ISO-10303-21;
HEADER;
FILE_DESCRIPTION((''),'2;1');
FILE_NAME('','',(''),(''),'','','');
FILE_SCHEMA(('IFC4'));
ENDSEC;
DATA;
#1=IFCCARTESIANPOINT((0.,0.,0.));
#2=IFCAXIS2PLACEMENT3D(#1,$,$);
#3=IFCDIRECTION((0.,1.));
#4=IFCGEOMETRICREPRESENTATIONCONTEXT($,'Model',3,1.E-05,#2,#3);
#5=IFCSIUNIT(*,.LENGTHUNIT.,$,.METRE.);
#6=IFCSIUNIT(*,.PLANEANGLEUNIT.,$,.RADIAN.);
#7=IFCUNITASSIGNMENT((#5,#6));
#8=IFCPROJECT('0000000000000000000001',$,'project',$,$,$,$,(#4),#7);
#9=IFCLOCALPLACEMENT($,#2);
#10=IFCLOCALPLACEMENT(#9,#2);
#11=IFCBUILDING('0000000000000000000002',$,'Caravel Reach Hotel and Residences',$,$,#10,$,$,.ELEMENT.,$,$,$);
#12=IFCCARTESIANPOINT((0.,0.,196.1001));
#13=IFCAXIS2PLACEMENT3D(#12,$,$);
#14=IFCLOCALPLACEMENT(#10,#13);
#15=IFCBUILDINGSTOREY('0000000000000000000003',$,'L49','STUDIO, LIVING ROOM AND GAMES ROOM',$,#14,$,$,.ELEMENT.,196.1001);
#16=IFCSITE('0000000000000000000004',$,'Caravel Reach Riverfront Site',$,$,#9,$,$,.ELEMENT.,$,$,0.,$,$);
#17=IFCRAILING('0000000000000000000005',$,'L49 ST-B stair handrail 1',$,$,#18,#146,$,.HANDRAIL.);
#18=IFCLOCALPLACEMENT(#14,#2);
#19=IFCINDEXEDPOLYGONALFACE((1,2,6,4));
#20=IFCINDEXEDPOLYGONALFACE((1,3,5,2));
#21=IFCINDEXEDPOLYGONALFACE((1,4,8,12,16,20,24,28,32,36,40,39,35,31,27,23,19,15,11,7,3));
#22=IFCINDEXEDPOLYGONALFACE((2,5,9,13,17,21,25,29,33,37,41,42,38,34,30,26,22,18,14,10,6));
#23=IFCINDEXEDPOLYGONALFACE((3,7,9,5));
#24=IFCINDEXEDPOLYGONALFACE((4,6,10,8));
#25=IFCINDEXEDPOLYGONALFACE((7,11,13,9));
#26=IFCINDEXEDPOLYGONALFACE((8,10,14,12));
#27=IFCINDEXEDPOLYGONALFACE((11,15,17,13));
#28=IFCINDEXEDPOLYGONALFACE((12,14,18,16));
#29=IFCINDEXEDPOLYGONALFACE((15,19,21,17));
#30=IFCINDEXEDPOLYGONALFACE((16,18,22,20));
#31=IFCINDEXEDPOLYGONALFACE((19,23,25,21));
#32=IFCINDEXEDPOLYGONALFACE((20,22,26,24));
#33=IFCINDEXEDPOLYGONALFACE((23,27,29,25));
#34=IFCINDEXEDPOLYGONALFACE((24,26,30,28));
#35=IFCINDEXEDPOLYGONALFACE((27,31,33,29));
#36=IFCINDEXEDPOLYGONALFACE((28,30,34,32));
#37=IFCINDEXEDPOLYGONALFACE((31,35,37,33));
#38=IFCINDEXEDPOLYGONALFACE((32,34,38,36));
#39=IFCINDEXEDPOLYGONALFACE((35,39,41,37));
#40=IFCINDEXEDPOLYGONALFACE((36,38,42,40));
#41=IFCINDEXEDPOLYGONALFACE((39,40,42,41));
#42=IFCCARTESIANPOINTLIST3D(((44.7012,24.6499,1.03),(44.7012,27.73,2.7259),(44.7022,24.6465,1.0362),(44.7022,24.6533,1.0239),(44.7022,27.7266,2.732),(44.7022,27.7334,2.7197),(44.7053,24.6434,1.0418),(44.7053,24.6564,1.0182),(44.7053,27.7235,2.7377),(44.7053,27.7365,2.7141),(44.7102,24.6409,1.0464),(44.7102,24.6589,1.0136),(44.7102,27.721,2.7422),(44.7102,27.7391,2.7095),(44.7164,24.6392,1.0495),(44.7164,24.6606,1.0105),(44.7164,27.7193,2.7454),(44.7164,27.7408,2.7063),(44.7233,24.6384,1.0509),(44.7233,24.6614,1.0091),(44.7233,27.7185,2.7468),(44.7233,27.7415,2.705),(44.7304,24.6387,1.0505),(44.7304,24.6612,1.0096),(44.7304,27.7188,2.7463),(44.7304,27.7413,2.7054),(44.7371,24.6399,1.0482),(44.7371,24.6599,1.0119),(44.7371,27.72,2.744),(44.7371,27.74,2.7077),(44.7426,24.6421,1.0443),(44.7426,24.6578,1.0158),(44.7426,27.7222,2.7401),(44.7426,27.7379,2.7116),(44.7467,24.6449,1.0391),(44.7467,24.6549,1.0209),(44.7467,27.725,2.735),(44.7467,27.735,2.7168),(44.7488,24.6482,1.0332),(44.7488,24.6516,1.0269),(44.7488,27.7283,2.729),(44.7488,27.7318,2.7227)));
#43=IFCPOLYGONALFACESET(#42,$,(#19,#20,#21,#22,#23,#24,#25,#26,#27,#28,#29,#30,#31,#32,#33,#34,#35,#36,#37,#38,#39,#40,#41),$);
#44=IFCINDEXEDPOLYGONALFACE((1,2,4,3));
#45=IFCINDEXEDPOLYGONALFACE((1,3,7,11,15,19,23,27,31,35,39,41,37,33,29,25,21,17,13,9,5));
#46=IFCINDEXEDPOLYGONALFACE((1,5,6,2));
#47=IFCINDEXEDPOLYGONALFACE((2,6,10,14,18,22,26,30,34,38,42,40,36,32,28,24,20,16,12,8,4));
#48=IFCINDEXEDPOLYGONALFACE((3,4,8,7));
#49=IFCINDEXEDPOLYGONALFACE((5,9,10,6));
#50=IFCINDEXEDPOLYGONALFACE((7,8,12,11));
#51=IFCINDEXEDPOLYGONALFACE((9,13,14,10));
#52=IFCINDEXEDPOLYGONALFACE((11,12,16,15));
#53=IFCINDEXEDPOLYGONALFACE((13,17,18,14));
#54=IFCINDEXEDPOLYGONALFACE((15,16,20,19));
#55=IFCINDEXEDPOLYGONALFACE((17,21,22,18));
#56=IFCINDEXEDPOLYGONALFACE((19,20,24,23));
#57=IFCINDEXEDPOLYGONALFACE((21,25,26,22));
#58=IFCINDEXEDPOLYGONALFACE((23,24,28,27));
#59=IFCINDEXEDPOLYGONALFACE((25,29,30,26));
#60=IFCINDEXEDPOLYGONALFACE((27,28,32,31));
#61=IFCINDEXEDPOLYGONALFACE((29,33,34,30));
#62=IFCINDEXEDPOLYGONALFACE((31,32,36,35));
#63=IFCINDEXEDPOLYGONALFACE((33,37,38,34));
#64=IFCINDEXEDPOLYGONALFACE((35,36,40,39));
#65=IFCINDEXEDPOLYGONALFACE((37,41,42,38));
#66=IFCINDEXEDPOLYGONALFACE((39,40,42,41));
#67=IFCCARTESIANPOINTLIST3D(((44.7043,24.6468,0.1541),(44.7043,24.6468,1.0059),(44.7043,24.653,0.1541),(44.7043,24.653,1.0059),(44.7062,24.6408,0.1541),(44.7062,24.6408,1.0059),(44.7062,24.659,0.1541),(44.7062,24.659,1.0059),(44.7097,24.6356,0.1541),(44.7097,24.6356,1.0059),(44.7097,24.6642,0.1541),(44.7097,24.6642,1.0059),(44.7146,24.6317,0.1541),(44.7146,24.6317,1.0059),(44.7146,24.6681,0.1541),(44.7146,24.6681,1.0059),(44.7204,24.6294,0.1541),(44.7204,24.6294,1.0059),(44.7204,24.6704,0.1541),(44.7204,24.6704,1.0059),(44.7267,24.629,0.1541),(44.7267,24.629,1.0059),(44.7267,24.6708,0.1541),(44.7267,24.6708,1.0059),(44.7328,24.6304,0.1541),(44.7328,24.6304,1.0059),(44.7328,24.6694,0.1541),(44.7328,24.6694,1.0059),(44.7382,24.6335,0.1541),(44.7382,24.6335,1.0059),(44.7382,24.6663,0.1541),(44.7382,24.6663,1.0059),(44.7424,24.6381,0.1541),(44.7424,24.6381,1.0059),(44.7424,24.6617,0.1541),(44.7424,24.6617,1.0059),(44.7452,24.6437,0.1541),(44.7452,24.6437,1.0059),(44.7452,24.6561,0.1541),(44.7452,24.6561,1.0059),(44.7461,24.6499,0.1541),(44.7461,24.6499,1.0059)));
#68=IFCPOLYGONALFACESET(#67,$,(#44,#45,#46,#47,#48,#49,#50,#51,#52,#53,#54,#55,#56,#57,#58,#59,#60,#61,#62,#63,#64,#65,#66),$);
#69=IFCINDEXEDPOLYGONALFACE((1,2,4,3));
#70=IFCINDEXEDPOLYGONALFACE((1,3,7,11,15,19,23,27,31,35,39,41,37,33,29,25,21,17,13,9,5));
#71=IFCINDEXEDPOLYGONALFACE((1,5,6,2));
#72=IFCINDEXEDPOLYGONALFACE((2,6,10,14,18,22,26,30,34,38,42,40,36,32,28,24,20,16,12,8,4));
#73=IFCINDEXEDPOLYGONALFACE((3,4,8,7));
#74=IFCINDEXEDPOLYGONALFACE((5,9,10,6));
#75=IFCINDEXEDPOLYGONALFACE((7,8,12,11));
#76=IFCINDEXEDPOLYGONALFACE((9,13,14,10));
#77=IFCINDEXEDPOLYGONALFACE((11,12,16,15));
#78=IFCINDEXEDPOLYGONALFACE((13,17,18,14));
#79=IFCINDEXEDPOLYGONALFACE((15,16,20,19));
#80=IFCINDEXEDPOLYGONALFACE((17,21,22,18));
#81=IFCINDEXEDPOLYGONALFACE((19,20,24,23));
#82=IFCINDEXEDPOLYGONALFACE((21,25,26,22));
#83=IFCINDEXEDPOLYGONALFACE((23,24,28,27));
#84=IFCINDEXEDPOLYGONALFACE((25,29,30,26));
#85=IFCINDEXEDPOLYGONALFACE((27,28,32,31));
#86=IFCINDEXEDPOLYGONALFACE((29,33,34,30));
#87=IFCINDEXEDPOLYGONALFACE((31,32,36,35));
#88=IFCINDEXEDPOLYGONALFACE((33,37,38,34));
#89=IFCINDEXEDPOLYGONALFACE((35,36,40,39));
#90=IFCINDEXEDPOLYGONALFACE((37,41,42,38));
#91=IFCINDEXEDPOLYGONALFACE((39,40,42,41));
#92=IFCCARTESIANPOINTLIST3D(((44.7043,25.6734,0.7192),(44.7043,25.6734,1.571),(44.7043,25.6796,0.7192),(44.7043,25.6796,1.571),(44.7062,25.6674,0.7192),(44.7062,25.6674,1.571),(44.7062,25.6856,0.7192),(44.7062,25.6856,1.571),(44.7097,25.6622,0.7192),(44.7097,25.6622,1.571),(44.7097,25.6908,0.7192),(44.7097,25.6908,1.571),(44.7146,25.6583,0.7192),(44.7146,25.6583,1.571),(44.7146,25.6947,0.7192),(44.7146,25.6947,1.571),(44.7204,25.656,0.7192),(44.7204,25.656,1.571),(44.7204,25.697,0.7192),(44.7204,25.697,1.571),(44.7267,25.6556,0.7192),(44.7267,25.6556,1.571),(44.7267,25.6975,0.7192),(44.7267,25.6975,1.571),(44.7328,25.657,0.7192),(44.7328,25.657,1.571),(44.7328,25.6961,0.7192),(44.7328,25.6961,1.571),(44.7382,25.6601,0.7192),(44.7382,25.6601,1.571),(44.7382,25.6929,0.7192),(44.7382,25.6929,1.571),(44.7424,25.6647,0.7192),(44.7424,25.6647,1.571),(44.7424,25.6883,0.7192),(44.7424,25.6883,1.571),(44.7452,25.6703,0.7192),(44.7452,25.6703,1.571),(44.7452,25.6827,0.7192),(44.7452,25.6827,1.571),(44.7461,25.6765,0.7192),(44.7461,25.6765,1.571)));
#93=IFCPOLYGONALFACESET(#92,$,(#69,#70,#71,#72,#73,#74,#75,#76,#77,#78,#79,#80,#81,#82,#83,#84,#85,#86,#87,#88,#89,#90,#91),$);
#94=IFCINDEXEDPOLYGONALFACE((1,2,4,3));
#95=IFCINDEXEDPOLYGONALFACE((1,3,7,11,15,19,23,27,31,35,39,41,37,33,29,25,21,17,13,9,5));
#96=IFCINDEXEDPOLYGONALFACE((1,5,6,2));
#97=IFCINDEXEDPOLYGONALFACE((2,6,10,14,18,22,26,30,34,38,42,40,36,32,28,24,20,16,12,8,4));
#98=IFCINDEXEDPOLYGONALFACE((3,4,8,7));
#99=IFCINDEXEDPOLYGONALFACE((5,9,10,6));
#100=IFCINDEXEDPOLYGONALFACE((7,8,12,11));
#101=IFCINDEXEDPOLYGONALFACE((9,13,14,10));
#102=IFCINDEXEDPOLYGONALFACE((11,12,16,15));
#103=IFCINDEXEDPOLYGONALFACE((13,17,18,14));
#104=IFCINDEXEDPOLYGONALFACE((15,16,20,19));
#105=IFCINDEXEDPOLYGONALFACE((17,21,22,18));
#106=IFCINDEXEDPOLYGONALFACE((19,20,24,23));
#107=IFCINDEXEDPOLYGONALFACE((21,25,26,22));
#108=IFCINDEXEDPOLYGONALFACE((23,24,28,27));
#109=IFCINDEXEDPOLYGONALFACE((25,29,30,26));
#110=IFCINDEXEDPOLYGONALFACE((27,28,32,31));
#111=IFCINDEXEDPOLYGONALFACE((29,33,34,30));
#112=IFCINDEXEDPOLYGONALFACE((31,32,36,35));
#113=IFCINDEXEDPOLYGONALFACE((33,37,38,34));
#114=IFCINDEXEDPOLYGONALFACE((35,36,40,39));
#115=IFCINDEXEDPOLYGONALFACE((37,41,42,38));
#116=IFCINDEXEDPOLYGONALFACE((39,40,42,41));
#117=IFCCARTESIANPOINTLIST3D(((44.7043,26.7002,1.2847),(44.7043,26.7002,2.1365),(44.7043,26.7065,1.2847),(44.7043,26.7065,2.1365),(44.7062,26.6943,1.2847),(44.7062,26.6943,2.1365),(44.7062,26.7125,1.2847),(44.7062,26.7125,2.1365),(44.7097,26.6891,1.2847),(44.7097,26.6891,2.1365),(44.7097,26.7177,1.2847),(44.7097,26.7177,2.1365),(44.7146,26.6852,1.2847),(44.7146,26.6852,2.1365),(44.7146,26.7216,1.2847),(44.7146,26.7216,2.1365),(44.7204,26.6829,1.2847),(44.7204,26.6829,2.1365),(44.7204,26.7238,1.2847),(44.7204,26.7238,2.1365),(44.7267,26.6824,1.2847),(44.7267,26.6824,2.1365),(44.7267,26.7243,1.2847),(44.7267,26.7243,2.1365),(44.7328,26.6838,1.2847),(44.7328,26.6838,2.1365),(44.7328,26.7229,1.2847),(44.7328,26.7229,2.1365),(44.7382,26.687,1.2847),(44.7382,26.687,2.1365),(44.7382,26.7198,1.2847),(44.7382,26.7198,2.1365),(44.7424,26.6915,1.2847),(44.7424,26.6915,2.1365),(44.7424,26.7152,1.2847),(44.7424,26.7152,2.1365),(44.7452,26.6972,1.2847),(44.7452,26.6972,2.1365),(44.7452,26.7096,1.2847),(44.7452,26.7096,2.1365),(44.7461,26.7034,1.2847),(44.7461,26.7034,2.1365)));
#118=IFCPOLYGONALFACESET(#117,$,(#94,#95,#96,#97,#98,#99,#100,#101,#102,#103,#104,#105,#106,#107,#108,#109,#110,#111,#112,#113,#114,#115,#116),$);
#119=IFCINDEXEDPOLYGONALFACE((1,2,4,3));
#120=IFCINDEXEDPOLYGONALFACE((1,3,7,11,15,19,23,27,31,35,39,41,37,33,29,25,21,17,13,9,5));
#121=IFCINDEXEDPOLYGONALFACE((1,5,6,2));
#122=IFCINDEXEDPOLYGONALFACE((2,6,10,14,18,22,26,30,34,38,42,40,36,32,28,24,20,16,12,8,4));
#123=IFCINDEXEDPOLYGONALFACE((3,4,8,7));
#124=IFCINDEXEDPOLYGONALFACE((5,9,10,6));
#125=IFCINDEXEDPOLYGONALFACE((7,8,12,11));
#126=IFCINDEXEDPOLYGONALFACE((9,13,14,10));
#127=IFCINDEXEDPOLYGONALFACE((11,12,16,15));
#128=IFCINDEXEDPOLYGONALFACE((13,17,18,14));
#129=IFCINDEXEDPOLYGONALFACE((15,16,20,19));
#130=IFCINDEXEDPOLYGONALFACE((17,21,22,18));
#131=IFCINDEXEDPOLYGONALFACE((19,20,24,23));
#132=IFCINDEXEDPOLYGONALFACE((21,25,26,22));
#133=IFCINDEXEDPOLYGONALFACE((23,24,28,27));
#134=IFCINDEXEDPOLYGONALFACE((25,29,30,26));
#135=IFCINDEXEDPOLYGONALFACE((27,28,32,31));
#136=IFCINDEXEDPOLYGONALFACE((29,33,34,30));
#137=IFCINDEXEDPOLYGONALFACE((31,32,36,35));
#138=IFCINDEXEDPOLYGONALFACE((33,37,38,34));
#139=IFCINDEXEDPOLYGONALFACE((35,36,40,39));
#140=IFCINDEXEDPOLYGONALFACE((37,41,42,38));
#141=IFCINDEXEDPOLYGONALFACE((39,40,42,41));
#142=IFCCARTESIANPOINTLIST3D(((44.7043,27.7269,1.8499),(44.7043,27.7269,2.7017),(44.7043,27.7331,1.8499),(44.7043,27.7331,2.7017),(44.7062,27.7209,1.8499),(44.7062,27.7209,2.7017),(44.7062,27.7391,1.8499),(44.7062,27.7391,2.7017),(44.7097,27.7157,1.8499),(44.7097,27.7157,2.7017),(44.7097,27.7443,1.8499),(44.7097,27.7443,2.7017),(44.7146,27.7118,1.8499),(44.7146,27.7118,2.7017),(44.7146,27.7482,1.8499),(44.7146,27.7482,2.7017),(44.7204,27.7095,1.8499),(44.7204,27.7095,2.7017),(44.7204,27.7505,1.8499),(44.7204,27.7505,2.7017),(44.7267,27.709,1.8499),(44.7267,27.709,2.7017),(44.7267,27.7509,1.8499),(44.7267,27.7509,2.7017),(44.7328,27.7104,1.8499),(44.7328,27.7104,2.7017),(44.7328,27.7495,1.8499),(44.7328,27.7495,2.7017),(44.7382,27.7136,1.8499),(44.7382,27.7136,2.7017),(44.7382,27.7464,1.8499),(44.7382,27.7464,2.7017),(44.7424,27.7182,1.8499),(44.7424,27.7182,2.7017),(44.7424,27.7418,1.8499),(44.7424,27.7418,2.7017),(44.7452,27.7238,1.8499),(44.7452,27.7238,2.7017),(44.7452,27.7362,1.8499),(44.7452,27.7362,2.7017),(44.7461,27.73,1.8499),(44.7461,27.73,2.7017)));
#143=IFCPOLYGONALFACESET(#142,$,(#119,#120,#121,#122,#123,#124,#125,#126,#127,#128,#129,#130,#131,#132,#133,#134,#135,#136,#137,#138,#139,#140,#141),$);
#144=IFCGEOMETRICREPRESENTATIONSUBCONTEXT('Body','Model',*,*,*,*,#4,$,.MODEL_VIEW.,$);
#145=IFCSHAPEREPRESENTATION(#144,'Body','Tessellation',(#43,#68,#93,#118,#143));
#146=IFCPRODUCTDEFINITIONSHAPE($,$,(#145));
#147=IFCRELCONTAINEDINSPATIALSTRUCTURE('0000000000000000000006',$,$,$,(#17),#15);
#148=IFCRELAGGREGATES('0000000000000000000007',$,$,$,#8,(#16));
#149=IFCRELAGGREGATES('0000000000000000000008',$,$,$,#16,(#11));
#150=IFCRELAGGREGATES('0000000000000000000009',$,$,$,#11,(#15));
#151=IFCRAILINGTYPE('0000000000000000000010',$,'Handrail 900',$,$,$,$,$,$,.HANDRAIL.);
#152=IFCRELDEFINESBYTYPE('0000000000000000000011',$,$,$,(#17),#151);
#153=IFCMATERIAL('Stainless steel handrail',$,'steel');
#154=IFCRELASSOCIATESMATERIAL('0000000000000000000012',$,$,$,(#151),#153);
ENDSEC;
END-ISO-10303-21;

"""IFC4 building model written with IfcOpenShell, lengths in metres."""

from ifc_helpers import new_model, si_unit, direction, frame, origin, origin_2d, place, context, subcontext, project, spatial, circle, extrude, material, type_object, element, save


model = new_model("IFC4")

# Units and contexts
model_context = context("Model", 3, precision=1e-05, world=origin(), true_north=direction((0.0, 1.0)))
body_context = subcontext(model_context, "Body", "Model", "MODEL_VIEW")
ifc_project = project(units=[si_unit("LENGTHUNIT", "METRE"), si_unit("PLANEANGLEUNIT", "RADIAN")], contexts=[model_context])

# Site, building, storey
site_placement = place(None, origin())
site = spatial("IfcSite", under=ifc_project, at=site_placement, Name="Caravel Reach Riverfront Site", CompositionType="ELEMENT", RefElevation=0.0)
building_placement = place(site_placement, origin())
building = spatial("IfcBuilding", under=site, at=building_placement, Name="Caravel Reach Hotel and Residences", CompositionType="ELEMENT")
storey_placement = place(building_placement, frame((0.0, 0.0, 196.1001)))
storey = spatial("IfcBuildingStorey", under=building, at=storey_placement, Name="L49", Description="STUDIO, LIVING ROOM AND GAMES ROOM", CompositionType="ELEMENT", Elevation=196.1001)

# Railing
ifc_material_1 = material(Name="Stainless steel handrail", Category="steel")
railing_type_1 = type_object("IfcRailingType", Name="Handrail 900", PredefinedType="HANDRAIL", material=ifc_material_1)
railing_1_placement = place(storey_placement, frame((44.7251, 24.6499, 0.1541)))
element("IfcRailing", 1, at=railing_1_placement, inside=storey, type_object=railing_type_1, Name="L49 ST-B stair handrail 1", PredefinedType="HANDRAIL", context=body_context, shape_type="SweptSolid", body=[
    extrude(circle(Radius=0.0239, at=origin_2d()), frame((0.0, 0.0, 0.876), z_axis=(0.0, 0.876005, 0.482303), x_axis=(-1.0, 0.0, 0.0)), (0.0, 0.0, 1.0), 3.5161),
    extrude(circle(Radius=0.021, at=origin_2d()), origin(), (0.0, 0.0, 1.0), 0.8518),
    extrude(circle(Radius=0.021, at=origin_2d()), frame((0.0, 1.0266, 0.5652)), (0.0, 0.0, 1.0), 0.8518),
    extrude(circle(Radius=0.021, at=origin_2d()), frame((0.0, 2.0535, 1.1306)), (0.0, 0.0, 1.0), 0.8518),
    extrude(circle(Radius=0.021, at=origin_2d()), frame((0.0, 3.0801, 1.6958)), (0.0, 0.0, 1.0), 0.8518),
])

save(model, "model.ifc")
